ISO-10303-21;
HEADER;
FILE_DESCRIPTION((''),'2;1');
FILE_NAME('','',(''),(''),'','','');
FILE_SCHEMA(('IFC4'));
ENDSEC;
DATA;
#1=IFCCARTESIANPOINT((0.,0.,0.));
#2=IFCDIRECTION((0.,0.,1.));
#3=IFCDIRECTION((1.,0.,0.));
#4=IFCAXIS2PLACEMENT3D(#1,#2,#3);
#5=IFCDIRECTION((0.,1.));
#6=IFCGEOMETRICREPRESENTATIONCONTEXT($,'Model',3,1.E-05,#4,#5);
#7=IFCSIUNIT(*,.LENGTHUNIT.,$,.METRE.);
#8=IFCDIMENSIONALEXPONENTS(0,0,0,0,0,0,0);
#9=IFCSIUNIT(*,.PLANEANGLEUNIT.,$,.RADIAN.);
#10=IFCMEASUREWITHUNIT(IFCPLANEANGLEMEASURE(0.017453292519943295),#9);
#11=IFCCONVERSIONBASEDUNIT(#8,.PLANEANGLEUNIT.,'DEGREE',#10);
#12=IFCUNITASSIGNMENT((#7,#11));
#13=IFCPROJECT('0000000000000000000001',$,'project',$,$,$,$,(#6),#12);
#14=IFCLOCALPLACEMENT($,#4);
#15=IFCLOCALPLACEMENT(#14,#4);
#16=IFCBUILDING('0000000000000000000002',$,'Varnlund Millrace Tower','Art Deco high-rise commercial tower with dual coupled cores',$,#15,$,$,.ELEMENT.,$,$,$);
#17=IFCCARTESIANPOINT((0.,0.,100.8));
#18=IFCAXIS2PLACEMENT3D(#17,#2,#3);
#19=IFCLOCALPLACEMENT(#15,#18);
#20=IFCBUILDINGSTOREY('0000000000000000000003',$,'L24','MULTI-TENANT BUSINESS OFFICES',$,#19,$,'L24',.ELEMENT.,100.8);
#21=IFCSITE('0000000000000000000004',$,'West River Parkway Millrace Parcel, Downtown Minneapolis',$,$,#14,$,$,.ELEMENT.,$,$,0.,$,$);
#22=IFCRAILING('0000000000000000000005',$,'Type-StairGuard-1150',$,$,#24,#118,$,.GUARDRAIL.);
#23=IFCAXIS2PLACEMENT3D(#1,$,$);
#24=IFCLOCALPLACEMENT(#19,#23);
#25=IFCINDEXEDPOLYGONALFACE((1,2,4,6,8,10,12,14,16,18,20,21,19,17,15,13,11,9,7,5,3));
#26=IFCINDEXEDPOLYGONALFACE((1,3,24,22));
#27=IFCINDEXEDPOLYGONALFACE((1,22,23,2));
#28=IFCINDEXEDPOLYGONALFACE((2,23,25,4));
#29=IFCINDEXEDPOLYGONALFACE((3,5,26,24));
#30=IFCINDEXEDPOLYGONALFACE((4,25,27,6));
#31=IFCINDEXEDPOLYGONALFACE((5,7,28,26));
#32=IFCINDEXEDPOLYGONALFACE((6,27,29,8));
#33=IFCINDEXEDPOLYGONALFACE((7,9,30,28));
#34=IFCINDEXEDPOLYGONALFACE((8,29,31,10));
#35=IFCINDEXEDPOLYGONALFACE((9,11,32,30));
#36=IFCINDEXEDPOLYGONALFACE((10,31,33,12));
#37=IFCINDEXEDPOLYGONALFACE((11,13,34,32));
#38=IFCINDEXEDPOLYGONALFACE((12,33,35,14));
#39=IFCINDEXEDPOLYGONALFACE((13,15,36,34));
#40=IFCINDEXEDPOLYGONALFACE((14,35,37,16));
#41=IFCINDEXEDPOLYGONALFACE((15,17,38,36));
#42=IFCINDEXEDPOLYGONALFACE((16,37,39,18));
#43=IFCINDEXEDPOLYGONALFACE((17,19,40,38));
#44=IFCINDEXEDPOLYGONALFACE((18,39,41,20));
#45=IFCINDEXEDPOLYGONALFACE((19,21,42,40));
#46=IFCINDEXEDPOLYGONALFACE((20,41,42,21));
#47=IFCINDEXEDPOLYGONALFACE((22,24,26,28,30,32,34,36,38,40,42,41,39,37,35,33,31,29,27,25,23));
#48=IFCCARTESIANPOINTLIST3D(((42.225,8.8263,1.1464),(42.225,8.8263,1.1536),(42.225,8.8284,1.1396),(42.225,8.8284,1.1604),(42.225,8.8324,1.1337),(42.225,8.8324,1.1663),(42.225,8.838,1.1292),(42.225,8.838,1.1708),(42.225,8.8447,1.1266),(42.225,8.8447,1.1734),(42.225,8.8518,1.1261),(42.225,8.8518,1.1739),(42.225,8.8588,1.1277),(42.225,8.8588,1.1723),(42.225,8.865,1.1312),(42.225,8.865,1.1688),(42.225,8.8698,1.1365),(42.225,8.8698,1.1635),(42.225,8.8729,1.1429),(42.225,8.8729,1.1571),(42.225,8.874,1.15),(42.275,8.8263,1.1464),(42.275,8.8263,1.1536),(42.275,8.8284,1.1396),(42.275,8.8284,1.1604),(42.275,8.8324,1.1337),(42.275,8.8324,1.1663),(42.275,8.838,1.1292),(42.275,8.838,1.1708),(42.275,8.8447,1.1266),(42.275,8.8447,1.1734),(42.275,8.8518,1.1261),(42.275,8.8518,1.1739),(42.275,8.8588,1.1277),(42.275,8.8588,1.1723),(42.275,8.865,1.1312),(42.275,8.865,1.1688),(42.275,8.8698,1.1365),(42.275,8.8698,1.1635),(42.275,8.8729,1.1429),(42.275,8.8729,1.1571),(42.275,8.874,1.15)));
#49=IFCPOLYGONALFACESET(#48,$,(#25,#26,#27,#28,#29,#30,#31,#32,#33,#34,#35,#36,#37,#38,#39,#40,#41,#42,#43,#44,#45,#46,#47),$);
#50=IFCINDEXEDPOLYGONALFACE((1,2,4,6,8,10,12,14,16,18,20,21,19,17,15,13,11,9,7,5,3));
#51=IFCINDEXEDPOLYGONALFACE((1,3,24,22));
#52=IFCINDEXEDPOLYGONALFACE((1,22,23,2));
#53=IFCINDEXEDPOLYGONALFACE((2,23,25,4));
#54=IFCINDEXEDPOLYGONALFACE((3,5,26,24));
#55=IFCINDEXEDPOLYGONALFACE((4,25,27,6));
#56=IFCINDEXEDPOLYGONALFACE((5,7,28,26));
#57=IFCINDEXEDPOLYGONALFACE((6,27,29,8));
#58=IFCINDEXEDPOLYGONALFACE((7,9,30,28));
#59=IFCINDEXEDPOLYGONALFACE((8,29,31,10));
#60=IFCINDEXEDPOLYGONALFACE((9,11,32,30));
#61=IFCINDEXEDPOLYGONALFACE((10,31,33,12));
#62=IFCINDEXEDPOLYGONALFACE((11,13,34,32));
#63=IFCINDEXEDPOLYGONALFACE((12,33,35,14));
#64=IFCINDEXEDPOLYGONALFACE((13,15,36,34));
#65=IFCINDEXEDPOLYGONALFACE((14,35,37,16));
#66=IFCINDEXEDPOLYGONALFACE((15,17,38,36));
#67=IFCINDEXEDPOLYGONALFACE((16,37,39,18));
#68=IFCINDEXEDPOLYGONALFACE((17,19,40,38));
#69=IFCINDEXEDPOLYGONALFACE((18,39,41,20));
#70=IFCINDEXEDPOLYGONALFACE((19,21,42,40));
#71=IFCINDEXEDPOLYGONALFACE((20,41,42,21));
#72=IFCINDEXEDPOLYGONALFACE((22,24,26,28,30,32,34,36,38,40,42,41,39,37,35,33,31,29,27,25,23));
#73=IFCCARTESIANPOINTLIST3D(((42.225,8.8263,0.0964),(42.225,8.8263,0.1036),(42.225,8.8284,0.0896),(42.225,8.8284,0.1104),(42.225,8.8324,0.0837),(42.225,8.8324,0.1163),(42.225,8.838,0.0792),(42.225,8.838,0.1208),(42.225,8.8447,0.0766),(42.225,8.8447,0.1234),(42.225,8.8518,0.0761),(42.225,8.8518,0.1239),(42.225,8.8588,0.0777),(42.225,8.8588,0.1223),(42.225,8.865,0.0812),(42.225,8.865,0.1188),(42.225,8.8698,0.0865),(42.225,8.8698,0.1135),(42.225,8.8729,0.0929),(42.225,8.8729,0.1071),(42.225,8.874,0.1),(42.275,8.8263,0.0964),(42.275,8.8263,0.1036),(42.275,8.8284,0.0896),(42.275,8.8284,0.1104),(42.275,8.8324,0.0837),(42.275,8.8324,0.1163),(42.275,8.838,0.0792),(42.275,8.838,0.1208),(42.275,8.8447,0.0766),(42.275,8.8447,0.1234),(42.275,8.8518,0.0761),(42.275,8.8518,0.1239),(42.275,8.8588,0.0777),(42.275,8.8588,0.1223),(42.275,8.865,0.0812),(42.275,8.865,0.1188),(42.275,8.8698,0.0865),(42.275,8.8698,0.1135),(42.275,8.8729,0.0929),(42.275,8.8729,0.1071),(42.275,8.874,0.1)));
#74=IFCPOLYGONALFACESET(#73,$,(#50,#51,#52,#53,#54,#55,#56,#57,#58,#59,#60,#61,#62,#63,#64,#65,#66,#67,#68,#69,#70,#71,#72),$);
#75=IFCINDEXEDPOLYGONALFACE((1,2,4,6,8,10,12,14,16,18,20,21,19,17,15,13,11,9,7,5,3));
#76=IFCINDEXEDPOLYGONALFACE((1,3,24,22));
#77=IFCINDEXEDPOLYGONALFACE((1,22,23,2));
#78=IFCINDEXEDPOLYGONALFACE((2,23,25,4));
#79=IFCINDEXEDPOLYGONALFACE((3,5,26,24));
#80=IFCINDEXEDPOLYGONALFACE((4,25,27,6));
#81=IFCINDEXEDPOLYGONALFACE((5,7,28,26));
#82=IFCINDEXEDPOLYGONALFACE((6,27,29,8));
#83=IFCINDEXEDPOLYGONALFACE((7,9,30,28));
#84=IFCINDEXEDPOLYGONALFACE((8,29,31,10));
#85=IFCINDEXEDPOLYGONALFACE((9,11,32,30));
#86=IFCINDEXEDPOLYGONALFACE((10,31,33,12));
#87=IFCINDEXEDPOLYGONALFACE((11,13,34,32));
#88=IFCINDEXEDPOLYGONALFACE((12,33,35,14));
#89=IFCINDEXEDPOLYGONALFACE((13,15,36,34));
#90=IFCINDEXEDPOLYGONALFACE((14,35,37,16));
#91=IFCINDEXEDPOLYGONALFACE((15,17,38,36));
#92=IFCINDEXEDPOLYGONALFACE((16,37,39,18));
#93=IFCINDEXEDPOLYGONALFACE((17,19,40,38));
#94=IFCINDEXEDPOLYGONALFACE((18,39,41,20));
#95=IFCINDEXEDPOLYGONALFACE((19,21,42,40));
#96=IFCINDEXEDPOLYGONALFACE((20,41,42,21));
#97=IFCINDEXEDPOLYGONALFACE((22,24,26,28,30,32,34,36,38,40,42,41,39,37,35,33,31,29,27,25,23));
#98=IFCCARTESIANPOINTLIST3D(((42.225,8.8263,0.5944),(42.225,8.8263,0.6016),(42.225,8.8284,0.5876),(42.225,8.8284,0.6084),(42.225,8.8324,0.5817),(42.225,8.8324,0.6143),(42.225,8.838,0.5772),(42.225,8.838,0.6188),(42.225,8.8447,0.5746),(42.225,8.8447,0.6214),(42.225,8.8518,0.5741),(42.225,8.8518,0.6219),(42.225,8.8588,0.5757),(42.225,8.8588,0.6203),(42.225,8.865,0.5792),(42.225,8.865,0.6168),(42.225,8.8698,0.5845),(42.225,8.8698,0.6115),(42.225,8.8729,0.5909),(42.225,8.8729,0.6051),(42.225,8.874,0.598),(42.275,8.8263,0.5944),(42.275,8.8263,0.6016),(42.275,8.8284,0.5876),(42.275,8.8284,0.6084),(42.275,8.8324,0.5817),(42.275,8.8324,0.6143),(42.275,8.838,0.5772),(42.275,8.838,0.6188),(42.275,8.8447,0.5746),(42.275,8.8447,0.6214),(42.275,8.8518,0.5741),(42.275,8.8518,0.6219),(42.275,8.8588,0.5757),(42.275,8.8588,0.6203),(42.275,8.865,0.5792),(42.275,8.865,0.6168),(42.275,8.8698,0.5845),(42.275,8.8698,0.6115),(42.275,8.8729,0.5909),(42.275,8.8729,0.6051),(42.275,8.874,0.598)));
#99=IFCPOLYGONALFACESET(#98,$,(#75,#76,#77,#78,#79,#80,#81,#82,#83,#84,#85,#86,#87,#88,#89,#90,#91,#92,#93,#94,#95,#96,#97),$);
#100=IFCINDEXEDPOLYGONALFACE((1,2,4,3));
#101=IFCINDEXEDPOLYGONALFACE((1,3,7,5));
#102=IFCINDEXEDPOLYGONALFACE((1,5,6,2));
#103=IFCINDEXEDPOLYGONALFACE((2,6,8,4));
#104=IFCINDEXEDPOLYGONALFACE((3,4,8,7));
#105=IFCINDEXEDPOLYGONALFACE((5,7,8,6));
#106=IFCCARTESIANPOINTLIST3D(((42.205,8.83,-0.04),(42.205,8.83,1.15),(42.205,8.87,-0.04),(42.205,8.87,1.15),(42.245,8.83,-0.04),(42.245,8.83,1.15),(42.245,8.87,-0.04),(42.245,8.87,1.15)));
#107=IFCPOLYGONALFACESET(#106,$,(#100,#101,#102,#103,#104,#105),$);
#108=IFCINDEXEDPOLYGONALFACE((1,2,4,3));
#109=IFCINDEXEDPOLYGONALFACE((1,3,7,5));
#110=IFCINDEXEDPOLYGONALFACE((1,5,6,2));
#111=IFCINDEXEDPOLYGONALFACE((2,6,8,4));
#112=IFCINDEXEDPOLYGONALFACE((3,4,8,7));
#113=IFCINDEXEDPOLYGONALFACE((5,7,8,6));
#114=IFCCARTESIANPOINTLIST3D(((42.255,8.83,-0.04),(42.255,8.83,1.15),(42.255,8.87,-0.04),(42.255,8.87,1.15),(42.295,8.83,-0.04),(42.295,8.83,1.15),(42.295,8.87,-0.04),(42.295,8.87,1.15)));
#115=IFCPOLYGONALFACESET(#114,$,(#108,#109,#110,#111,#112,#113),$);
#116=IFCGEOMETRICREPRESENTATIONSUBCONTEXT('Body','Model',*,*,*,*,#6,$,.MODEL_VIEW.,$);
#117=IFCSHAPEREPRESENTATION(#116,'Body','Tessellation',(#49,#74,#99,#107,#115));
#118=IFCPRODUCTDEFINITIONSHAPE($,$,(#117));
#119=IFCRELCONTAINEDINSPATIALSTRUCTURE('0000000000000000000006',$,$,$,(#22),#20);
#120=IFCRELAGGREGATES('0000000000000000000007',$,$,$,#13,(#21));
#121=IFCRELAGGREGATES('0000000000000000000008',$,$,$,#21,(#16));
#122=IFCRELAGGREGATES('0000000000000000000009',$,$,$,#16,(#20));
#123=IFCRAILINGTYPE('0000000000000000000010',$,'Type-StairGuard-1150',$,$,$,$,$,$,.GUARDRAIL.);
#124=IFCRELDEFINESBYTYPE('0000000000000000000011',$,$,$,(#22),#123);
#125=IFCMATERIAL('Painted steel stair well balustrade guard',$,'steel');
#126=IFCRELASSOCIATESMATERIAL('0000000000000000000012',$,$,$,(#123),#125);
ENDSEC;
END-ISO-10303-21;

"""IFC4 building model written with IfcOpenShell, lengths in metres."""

from ifc_helpers import new_model, entity, si_unit, converted_unit, direction, frame, origin_with_axes, origin_2d_with_axis, place, context, subcontext, project, spatial, rectangle, circle, extrude, material, type_object, element, save


model = new_model("IFC4")

# Units and contexts
model_context = context("Model", 3, precision=1e-05, world=origin_with_axes(), true_north=direction((0.0, 1.0)))
body_context = subcontext(model_context, "Body", "Model", "MODEL_VIEW")
ifc_project = project(units=[si_unit("LENGTHUNIT", "METRE"), converted_unit("PLANEANGLEUNIT", "DEGREE", entity("IfcPlaneAngleMeasure", 0.017453292519943295), si_unit("PLANEANGLEUNIT", "RADIAN"), dimensions=[0, 0, 0, 0, 0, 0, 0])], contexts=[model_context])

# Site, building, storey
site_placement = place(None, origin_with_axes())
site = spatial("IfcSite", under=ifc_project, at=site_placement, Name="West River Parkway Millrace Parcel, Downtown Minneapolis", CompositionType="ELEMENT", RefElevation=0.0)
building_placement = place(site_placement, origin_with_axes())
building = spatial("IfcBuilding", under=site, at=building_placement, Name="Varnlund Millrace Tower", Description="Art Deco high-rise commercial tower with dual coupled cores", CompositionType="ELEMENT")
storey_placement = place(building_placement, frame((0.0, 0.0, 100.8), z_axis=(0.0, 0.0, 1.0), x_axis=(1.0, 0.0, 0.0)))
storey = spatial("IfcBuildingStorey", under=building, at=storey_placement, Name="L24", Description="MULTI-TENANT BUSINESS OFFICES", LongName="L24", CompositionType="ELEMENT", Elevation=100.8)

# Railing
ifc_material_1 = material(Name="Painted steel stair well balustrade guard", Category="steel")
railing_type_1 = type_object("IfcRailingType", Name="Type-StairGuard-1150", PredefinedType="GUARDRAIL", material=ifc_material_1)
railing_1_placement = place(storey_placement, frame((0.0, 0.0, -100.8), z_axis=(0.0, 0.0, 1.0), x_axis=(1.0, 0.0, 0.0)))
element("IfcRailing", 1, at=railing_1_placement, inside=storey, type_object=railing_type_1, Name="Type-StairGuard-1150", PredefinedType="GUARDRAIL", context=body_context, shape_type="SweptSolid", body=[
    extrude(circle(Radius=0.024, at=origin_2d_with_axis()), frame((42.225, 8.85, 101.95), z_axis=(1.0, 0.0, 0.0), x_axis=(0.0, 1.0, 0.0)), (0.0, 0.0, 1.0), 0.05),
    extrude(circle(Radius=0.024, at=origin_2d_with_axis()), frame((42.225, 8.85, 100.9), z_axis=(1.0, 0.0, 0.0), x_axis=(0.0, 1.0, 0.0)), (0.0, 0.0, 1.0), 0.05),
    extrude(circle(Radius=0.024, at=origin_2d_with_axis()), frame((42.225, 8.85, 101.398), z_axis=(1.0, 0.0, 0.0), x_axis=(0.0, 1.0, 0.0)), (0.0, 0.0, 1.0), 0.05),
    extrude(rectangle(XDim=0.04, YDim=0.04, at=origin_2d_with_axis()), frame((42.225, 8.85, 100.76), z_axis=(0.0, 0.0, 1.0), x_axis=(1.0, 0.0, 0.0)), (0.0, 0.0, 1.0), 1.19),
    extrude(rectangle(XDim=0.04, YDim=0.04, at=origin_2d_with_axis()), frame((42.275, 8.85, 100.76), z_axis=(0.0, 0.0, 1.0), x_axis=(1.0, 0.0, 0.0)), (0.0, 0.0, 1.0), 1.19),
])

save(model, "model.ifc")
